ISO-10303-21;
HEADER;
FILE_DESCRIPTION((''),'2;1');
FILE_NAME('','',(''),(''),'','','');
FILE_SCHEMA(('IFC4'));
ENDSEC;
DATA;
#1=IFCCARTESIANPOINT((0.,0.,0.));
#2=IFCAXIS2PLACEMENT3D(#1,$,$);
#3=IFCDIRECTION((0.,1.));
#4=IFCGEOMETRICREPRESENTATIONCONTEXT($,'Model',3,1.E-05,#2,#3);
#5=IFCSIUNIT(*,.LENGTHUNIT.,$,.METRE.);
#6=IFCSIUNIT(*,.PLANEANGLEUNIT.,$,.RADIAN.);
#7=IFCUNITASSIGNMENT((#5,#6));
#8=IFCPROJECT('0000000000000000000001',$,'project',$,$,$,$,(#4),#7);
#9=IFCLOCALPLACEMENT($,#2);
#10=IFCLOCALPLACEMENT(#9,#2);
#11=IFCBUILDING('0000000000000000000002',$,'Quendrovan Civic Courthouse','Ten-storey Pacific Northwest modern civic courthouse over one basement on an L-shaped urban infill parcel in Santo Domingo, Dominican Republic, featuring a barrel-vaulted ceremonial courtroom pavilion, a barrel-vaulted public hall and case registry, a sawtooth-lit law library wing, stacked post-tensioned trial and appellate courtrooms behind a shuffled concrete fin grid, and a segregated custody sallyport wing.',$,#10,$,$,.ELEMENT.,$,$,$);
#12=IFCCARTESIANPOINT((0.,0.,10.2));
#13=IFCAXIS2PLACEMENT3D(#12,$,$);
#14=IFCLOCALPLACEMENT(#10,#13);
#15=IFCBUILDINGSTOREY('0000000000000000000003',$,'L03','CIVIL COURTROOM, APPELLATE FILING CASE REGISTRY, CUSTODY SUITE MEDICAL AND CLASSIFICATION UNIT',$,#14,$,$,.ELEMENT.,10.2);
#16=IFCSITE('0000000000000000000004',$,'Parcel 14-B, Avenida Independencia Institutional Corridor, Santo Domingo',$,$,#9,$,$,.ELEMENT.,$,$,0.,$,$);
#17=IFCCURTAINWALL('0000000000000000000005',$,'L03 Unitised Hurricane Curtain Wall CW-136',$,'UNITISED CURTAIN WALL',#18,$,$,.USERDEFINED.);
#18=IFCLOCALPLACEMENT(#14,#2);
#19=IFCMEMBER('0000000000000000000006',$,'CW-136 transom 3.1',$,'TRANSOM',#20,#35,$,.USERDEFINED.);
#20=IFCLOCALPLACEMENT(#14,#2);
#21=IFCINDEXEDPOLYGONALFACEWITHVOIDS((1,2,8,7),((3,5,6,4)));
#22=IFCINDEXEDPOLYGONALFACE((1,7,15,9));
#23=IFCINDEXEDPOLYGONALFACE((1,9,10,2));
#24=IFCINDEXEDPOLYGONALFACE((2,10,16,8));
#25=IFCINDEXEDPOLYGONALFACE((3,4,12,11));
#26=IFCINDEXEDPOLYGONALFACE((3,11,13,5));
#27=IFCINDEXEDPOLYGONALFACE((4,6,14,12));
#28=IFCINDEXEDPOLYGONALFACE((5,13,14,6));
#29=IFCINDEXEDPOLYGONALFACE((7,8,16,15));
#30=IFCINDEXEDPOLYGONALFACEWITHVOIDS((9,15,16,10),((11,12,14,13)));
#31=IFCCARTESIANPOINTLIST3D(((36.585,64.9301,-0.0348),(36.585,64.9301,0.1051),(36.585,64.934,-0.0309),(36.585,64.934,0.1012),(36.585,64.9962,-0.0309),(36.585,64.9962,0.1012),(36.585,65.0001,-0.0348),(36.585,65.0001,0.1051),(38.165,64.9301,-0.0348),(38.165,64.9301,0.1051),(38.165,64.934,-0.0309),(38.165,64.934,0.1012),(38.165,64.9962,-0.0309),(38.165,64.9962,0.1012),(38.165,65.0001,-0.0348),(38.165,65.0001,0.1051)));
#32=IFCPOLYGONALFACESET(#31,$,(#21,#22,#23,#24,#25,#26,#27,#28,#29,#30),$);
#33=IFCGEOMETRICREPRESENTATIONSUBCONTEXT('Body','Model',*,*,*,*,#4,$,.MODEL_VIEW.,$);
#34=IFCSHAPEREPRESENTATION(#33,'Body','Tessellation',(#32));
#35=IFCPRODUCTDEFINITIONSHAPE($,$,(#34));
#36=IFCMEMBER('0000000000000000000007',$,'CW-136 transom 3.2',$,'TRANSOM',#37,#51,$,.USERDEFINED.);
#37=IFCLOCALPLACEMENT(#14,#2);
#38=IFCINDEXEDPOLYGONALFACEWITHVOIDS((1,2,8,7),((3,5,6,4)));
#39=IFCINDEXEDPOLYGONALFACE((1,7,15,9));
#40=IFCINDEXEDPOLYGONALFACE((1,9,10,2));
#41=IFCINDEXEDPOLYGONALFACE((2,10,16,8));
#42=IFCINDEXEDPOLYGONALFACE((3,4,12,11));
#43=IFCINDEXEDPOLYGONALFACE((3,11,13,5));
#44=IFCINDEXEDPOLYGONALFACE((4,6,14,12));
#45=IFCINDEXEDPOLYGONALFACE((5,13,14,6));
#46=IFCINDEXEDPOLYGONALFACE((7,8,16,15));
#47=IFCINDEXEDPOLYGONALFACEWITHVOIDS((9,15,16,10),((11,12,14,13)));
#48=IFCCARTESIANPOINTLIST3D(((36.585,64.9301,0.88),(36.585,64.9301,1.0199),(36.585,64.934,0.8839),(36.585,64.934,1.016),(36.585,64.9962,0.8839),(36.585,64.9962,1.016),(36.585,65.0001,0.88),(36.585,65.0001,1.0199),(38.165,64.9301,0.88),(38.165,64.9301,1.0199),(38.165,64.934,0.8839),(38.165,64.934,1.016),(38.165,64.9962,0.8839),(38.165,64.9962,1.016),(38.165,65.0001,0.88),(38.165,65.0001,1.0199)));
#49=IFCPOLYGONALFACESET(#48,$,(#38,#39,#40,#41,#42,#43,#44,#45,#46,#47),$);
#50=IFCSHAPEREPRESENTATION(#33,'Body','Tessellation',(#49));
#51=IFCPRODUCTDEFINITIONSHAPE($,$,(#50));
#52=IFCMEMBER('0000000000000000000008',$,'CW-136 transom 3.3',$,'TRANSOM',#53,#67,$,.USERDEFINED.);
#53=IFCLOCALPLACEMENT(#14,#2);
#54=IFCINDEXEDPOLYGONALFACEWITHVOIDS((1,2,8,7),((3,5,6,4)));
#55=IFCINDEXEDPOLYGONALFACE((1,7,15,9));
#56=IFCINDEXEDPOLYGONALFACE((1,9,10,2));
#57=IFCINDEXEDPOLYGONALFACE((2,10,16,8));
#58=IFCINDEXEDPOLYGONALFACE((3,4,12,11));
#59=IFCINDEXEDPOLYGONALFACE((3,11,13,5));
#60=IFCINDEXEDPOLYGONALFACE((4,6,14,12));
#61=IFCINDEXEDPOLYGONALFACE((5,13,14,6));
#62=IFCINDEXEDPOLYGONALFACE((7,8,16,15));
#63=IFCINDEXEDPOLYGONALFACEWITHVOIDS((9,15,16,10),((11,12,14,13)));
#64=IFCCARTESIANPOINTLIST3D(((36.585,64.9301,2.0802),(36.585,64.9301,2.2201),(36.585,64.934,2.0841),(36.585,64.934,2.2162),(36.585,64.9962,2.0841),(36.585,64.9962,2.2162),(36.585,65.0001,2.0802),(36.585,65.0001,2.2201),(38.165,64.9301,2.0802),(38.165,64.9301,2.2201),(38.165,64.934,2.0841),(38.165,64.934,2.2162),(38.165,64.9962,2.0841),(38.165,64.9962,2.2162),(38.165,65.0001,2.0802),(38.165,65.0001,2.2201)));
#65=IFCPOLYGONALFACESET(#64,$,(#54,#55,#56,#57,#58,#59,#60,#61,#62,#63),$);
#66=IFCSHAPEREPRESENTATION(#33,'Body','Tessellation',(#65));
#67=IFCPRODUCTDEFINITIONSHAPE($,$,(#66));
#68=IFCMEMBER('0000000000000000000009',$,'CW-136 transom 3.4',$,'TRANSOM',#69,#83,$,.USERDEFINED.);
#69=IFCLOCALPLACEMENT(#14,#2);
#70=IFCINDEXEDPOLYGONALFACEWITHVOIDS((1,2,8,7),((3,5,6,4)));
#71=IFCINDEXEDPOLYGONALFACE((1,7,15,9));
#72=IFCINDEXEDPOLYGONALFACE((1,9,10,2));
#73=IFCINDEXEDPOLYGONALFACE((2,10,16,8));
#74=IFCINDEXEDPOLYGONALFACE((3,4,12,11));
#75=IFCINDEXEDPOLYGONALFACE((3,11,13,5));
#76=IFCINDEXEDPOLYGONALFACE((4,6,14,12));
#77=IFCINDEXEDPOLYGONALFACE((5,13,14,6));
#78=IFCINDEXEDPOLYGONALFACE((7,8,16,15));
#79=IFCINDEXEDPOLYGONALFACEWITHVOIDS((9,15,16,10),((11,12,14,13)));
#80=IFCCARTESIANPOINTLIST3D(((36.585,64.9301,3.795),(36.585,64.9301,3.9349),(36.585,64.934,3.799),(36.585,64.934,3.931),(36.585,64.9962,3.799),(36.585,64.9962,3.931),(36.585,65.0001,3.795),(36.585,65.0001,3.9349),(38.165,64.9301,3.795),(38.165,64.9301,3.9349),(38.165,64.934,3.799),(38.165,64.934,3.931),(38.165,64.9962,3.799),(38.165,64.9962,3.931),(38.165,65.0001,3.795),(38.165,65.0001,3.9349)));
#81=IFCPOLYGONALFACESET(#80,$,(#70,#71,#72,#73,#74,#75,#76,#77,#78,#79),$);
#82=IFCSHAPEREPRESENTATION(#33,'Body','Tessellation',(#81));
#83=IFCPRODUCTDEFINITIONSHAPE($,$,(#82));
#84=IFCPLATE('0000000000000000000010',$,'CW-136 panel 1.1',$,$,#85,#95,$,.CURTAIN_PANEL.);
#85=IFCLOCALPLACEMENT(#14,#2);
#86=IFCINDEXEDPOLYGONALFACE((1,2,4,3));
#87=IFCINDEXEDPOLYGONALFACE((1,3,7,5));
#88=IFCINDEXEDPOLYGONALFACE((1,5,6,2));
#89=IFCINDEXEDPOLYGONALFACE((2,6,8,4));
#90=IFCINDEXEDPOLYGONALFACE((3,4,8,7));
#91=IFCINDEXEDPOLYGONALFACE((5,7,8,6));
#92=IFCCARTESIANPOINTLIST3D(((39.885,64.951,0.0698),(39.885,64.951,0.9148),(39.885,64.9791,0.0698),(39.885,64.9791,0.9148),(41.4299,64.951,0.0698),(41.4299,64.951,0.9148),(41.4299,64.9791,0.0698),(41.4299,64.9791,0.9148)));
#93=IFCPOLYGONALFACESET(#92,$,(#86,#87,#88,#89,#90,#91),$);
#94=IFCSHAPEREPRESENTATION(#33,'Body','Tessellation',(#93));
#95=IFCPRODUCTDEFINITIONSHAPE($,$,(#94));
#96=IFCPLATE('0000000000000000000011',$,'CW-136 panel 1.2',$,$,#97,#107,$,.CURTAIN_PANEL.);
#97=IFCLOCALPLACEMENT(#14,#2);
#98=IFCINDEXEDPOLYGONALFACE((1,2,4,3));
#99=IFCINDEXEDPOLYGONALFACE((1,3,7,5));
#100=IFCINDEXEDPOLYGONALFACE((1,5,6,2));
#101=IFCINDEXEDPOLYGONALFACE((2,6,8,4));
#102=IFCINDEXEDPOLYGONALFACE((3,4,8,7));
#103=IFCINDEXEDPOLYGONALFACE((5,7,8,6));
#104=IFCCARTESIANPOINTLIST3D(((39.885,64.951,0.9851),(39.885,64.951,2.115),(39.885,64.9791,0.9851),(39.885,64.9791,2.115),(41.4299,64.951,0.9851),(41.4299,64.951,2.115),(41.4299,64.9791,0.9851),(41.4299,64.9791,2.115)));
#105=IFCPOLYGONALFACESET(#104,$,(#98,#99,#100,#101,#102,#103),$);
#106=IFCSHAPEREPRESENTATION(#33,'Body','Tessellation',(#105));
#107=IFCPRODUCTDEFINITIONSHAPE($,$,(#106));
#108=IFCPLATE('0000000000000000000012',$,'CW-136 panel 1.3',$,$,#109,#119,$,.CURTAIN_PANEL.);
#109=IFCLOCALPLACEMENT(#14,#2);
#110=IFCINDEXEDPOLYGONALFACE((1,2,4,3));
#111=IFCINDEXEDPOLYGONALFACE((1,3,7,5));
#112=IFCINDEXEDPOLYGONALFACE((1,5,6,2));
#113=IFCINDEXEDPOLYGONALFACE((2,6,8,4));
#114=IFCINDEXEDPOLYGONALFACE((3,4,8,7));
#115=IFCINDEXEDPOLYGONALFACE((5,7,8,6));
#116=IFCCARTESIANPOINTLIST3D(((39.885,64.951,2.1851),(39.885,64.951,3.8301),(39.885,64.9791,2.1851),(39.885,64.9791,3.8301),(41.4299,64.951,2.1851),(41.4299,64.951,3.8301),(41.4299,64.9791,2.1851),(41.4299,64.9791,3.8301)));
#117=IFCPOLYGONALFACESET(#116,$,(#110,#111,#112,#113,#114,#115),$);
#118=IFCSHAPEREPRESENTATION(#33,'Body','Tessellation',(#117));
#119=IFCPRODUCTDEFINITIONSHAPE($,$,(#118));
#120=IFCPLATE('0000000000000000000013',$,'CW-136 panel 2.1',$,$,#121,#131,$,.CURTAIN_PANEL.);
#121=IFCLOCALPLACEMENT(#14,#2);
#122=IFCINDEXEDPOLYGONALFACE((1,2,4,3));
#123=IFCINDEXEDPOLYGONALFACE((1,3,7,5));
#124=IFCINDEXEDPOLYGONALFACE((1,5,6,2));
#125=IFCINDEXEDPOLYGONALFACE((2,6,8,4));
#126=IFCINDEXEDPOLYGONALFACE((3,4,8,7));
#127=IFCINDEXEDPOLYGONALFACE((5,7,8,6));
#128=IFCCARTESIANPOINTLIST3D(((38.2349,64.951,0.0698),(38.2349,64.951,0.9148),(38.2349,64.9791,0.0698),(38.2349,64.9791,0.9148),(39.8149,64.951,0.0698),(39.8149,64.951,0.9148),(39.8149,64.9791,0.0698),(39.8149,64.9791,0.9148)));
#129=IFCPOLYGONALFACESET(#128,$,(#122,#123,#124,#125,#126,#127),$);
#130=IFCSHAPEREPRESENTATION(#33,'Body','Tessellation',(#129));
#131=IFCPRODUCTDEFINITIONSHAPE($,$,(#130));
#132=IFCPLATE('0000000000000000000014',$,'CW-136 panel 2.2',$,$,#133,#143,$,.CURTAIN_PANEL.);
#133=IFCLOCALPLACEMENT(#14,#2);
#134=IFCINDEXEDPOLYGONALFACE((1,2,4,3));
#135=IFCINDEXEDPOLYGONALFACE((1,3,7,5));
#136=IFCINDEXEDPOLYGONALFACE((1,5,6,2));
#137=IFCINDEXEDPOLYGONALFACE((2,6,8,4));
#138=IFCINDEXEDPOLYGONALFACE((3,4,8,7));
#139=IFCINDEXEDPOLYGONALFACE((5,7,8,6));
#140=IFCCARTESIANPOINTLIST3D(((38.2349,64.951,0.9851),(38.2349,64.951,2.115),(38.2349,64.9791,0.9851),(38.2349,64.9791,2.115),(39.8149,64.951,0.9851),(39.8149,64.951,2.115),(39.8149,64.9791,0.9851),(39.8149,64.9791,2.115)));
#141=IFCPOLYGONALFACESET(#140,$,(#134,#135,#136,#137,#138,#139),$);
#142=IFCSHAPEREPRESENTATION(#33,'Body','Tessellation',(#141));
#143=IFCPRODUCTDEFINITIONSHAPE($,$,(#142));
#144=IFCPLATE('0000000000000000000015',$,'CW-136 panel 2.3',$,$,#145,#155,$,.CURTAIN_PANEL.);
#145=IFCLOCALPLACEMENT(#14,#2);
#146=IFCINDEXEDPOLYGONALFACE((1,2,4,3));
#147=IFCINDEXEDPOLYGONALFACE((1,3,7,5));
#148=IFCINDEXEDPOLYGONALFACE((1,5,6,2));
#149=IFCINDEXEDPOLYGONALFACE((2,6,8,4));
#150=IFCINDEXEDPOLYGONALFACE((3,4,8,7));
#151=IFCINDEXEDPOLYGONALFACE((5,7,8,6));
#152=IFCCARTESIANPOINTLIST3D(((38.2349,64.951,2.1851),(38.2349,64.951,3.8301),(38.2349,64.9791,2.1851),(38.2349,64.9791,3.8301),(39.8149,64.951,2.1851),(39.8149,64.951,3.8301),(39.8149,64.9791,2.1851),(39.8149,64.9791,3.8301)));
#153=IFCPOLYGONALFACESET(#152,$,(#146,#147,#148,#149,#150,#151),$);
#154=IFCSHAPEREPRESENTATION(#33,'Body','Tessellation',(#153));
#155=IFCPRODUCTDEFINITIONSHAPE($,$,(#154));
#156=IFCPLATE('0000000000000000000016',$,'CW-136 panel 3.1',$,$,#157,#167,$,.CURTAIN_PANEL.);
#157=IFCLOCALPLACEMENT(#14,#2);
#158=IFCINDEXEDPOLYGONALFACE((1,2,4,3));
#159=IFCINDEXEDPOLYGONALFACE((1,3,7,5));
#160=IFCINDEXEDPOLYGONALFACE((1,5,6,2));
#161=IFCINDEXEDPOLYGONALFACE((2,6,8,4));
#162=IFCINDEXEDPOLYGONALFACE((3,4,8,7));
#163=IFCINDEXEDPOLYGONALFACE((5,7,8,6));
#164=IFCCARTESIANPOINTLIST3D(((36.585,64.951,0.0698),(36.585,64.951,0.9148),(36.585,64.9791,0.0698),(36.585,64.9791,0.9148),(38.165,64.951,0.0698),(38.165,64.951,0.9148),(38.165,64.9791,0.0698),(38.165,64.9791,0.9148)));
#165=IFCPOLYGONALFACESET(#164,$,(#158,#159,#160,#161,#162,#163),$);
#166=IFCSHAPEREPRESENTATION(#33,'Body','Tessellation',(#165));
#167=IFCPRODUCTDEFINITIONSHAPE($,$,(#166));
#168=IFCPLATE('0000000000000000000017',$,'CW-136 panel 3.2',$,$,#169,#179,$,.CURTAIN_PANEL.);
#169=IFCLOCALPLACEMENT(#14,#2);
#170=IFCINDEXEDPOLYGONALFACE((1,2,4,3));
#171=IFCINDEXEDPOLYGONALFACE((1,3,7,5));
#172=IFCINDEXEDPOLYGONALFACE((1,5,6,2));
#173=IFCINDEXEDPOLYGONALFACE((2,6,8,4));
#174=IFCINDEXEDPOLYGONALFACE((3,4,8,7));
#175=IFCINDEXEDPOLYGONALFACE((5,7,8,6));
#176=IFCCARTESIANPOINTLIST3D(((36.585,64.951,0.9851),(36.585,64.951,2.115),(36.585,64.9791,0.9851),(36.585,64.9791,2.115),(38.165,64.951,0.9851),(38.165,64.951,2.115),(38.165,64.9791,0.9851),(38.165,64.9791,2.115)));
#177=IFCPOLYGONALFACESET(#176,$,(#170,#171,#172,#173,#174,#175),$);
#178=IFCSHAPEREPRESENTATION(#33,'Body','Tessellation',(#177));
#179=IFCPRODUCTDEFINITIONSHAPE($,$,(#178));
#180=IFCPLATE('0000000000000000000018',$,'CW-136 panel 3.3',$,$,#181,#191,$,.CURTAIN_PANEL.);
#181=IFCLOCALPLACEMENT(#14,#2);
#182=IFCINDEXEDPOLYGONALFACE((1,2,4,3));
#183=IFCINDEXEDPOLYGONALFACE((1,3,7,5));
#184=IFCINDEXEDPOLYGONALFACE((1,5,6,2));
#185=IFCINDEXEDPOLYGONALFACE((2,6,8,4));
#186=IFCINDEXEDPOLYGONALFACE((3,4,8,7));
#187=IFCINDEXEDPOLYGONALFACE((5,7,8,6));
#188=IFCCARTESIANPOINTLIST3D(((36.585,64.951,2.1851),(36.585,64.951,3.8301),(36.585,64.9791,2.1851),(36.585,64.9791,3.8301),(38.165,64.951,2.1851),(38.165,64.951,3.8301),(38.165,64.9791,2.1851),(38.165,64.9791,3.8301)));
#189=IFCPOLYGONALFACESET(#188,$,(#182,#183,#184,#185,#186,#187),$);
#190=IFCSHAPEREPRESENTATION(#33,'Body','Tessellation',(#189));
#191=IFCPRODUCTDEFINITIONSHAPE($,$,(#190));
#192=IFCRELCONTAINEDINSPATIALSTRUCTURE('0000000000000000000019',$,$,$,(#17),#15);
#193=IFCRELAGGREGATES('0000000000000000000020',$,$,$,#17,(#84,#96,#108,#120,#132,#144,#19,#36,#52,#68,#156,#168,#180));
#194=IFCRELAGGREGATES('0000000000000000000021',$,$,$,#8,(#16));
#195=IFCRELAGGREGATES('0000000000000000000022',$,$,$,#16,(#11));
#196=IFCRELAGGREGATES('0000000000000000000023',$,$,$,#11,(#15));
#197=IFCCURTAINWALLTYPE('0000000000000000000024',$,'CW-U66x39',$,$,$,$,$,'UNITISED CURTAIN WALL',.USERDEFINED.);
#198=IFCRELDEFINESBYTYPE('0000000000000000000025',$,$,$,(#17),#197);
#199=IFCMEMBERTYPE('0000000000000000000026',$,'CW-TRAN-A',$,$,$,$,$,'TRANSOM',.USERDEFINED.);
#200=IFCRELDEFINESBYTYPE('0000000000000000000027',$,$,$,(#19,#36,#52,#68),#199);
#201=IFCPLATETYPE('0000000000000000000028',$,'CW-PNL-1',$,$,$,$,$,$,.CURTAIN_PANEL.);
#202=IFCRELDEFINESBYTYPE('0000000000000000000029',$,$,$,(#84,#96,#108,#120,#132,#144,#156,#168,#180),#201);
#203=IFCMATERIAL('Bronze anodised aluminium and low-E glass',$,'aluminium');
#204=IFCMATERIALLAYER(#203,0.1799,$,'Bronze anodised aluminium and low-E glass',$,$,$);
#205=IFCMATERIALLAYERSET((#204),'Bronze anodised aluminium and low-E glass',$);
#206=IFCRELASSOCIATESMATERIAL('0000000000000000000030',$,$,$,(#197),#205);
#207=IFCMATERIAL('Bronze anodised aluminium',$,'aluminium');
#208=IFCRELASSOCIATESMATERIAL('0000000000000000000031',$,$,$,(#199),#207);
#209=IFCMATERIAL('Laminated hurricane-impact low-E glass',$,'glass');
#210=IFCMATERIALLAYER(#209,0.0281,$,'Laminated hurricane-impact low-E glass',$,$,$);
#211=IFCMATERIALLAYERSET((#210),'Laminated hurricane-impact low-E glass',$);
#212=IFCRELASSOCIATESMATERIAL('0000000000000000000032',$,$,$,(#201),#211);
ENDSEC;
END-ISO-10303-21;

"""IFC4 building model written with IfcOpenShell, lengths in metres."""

from ifc_helpers import new_model, si_unit, direction, frame, origin, origin_2d, place, context, subcontext, project, spatial, rectangle, hollow_rectangle, extrude, material, layer, layer_set, material_profile, profile_set, type_object, element, aggregate, save


model = new_model("IFC4")

# Units and contexts
model_context = context("Model", 3, precision=1e-05, world=origin(), true_north=direction((0.0, 1.0)))
body_context = subcontext(model_context, "Body", "Model", "MODEL_VIEW")
ifc_project = project(units=[si_unit("LENGTHUNIT", "METRE"), si_unit("PLANEANGLEUNIT", "RADIAN")], contexts=[model_context])

# Site, building, storey
site_placement = place(None, origin())
site = spatial("IfcSite", under=ifc_project, at=site_placement, Name="Parcel 14-B, Avenida Independencia Institutional Corridor, Santo Domingo", CompositionType="ELEMENT", RefElevation=0.0)
building_placement = place(site_placement, origin())
building = spatial("IfcBuilding", under=site, at=building_placement, Name="Quendrovan Civic Courthouse", Description="Ten-storey Pacific Northwest modern civic courthouse over one basement on an L-shaped urban infill parcel in Santo Domingo, Dominican Republic, featuring a barrel-vaulted ceremonial courtroom pavilion, a barrel-vaulted public hall and case registry, a sawtooth-lit law library wing, stacked post-tensioned trial and appellate courtrooms behind a shuffled concrete fin grid, and a segregated custody sallyport wing.", CompositionType="ELEMENT")
storey_placement = place(building_placement, frame((0.0, 0.0, 10.2)))
storey = spatial("IfcBuildingStorey", under=building, at=storey_placement, Name="L03", Description="CIVIL COURTROOM, APPELLATE FILING CASE REGISTRY, CUSTODY SUITE MEDICAL AND CLASSIFICATION UNIT", CompositionType="ELEMENT", Elevation=10.2)

# Curtain wall, members, plates
ifc_material_1 = material(Name="Bronze anodised aluminium and low-E glass", Category="aluminium")
ifc_layer_1 = layer(ifc_material_1, 0.1799, Name="Bronze anodised aluminium and low-E glass")
ifc_layer_set_1 = layer_set([ifc_layer_1], Name="Bronze anodised aluminium and low-E glass")
curtain_wall_type = type_object("IfcCurtainWallType", Name="CW-U66x39", ElementType="UNITISED CURTAIN WALL", PredefinedType="USERDEFINED", material=ifc_layer_set_1)
curtain_wall_placement = place(storey_placement, origin())
curtain_wall = element("IfcCurtainWall", 1, at=curtain_wall_placement, inside=storey, type_object=curtain_wall_type, Name="L03 Unitised Hurricane Curtain Wall CW-136", ObjectType="UNITISED CURTAIN WALL", PredefinedType="USERDEFINED")
ifc_material_2 = material(Name="Bronze anodised aluminium", Category="aluminium")
ifc_material_profile_1 = material_profile(ifc_material_2, hollow_rectangle(XDim=0.0701, YDim=0.1399, WallThickness=0.0039, at=origin_2d()), Name="CW-TRAN-70x140")
ifc_profile_set_1 = profile_set([ifc_material_profile_1], Name="Bronze anodised aluminium")
member_type_1 = type_object("IfcMemberType", Name="CW-TRAN-A", ElementType="TRANSOM", PredefinedType="USERDEFINED", material=ifc_profile_set_1)
member_1_placement = place(storey_placement, frame((38.165, 64.9651, 0.0352), z_axis=(-1.0, 0.0, 0.0), x_axis=(0.0, -1.0, 0.0)))
member_1 = element("IfcMember", 2, at=member_1_placement, type_object=member_type_1, Name="CW-136 transom 3.1", ObjectType="TRANSOM", PredefinedType="USERDEFINED", context=body_context, shape_type="SweptSolid", body=[
    extrude(hollow_rectangle(XDim=0.0701, YDim=0.1399, WallThickness=0.0039, at=origin_2d()), origin(), (0.0, 0.0, 1.0), 1.5801),
])
member_2_placement = place(storey_placement, frame((38.165, 64.9651, 0.95), z_axis=(-1.0, 0.0, 0.0), x_axis=(0.0, -1.0, 0.0)))
member_2 = element("IfcMember", 3, at=member_2_placement, type_object=member_type_1, Name="CW-136 transom 3.2", ObjectType="TRANSOM", PredefinedType="USERDEFINED", context=body_context, shape_type="SweptSolid", body=[
    extrude(hollow_rectangle(XDim=0.0701, YDim=0.1399, WallThickness=0.0039, at=origin_2d()), origin(), (0.0, 0.0, 1.0), 1.5801),
])
member_3_placement = place(storey_placement, frame((38.165, 64.9651, 2.1501), z_axis=(-1.0, 0.0, 0.0), x_axis=(0.0, -1.0, 0.0)))
member_3 = element("IfcMember", 4, at=member_3_placement, type_object=member_type_1, Name="CW-136 transom 3.3", ObjectType="TRANSOM", PredefinedType="USERDEFINED", context=body_context, shape_type="SweptSolid", body=[
    extrude(hollow_rectangle(XDim=0.0701, YDim=0.1399, WallThickness=0.0039, at=origin_2d()), origin(), (0.0, 0.0, 1.0), 1.5801),
])
member_4_placement = place(storey_placement, frame((38.165, 64.9651, 3.865), z_axis=(-1.0, 0.0, 0.0), x_axis=(0.0, -1.0, 0.0)))
member_4 = element("IfcMember", 5, at=member_4_placement, type_object=member_type_1, Name="CW-136 transom 3.4", ObjectType="TRANSOM", PredefinedType="USERDEFINED", context=body_context, shape_type="SweptSolid", body=[
    extrude(hollow_rectangle(XDim=0.0701, YDim=0.1399, WallThickness=0.0039, at=origin_2d()), origin(), (0.0, 0.0, 1.0), 1.5801),
])
ifc_material_3 = material(Name="Laminated hurricane-impact low-E glass", Category="glass")
ifc_layer_2 = layer(ifc_material_3, 0.0281, Name="Laminated hurricane-impact low-E glass")
ifc_layer_set_2 = layer_set([ifc_layer_2], Name="Laminated hurricane-impact low-E glass")
plate_type = type_object("IfcPlateType", Name="CW-PNL-1", PredefinedType="CURTAIN_PANEL", material=ifc_layer_set_2)
plate_1_placement = place(storey_placement, frame((40.6575, 64.9651, 0.0698), z_axis=(0.0, 0.0, 1.0), x_axis=(-1.0, 0.0, 0.0)))
plate_1 = element("IfcPlate", 6, at=plate_1_placement, type_object=plate_type, Name="CW-136 panel 1.1", PredefinedType="CURTAIN_PANEL", context=body_context, shape_type="SweptSolid", body=[
    extrude(rectangle(XDim=1.5449, YDim=0.0281, at=origin_2d()), origin(), (0.0, 0.0, 1.0), 0.845),
])
plate_2_placement = place(storey_placement, frame((40.6575, 64.9651, 0.9851), z_axis=(0.0, 0.0, 1.0), x_axis=(-1.0, 0.0, 0.0)))
plate_2 = element("IfcPlate", 7, at=plate_2_placement, type_object=plate_type, Name="CW-136 panel 1.2", PredefinedType="CURTAIN_PANEL", context=body_context, shape_type="SweptSolid", body=[
    extrude(rectangle(XDim=1.5449, YDim=0.0281, at=origin_2d()), origin(), (0.0, 0.0, 1.0), 1.1299),
])
plate_3_placement = place(storey_placement, frame((40.6575, 64.9651, 2.1851), z_axis=(0.0, 0.0, 1.0), x_axis=(-1.0, 0.0, 0.0)))
plate_3 = element("IfcPlate", 8, at=plate_3_placement, type_object=plate_type, Name="CW-136 panel 1.3", PredefinedType="CURTAIN_PANEL", context=body_context, shape_type="SweptSolid", body=[
    extrude(rectangle(XDim=1.5449, YDim=0.0281, at=origin_2d()), origin(), (0.0, 0.0, 1.0), 1.645),
])
plate_4_placement = place(storey_placement, frame((39.0249, 64.9651, 0.0698), z_axis=(0.0, 0.0, 1.0), x_axis=(-1.0, 0.0, 0.0)))
plate_4 = element("IfcPlate", 9, at=plate_4_placement, type_object=plate_type, Name="CW-136 panel 2.1", PredefinedType="CURTAIN_PANEL", context=body_context, shape_type="SweptSolid", body=[
    extrude(rectangle(XDim=1.5801, YDim=0.0281, at=origin_2d()), origin(), (0.0, 0.0, 1.0), 0.845),
])
plate_5_placement = place(storey_placement, frame((39.0249, 64.9651, 0.9851), z_axis=(0.0, 0.0, 1.0), x_axis=(-1.0, 0.0, 0.0)))
plate_5 = element("IfcPlate", 10, at=plate_5_placement, type_object=plate_type, Name="CW-136 panel 2.2", PredefinedType="CURTAIN_PANEL", context=body_context, shape_type="SweptSolid", body=[
    extrude(rectangle(XDim=1.5801, YDim=0.0281, at=origin_2d()), origin(), (0.0, 0.0, 1.0), 1.1299),
])
plate_6_placement = place(storey_placement, frame((39.0249, 64.9651, 2.1851), z_axis=(0.0, 0.0, 1.0), x_axis=(-1.0, 0.0, 0.0)))
plate_6 = element("IfcPlate", 11, at=plate_6_placement, type_object=plate_type, Name="CW-136 panel 2.3", PredefinedType="CURTAIN_PANEL", context=body_context, shape_type="SweptSolid", body=[
    extrude(rectangle(XDim=1.5801, YDim=0.0281, at=origin_2d()), origin(), (0.0, 0.0, 1.0), 1.645),
])
plate_7_placement = place(storey_placement, frame((37.375, 64.9651, 0.0698), z_axis=(0.0, 0.0, 1.0), x_axis=(-1.0, 0.0, 0.0)))
plate_7 = element("IfcPlate", 12, at=plate_7_placement, type_object=plate_type, Name="CW-136 panel 3.1", PredefinedType="CURTAIN_PANEL", context=body_context, shape_type="SweptSolid", body=[
    extrude(rectangle(XDim=1.5801, YDim=0.0281, at=origin_2d()), origin(), (0.0, 0.0, 1.0), 0.845),
])
plate_8_placement = place(storey_placement, frame((37.375, 64.9651, 0.9851), z_axis=(0.0, 0.0, 1.0), x_axis=(-1.0, 0.0, 0.0)))
plate_8 = element("IfcPlate", 13, at=plate_8_placement, type_object=plate_type, Name="CW-136 panel 3.2", PredefinedType="CURTAIN_PANEL", context=body_context, shape_type="SweptSolid", body=[
    extrude(rectangle(XDim=1.5801, YDim=0.0281, at=origin_2d()), origin(), (0.0, 0.0, 1.0), 1.1299),
])
plate_9_placement = place(storey_placement, frame((37.375, 64.9651, 2.1851), z_axis=(0.0, 0.0, 1.0), x_axis=(-1.0, 0.0, 0.0)))
plate_9 = element("IfcPlate", 14, at=plate_9_placement, type_object=plate_type, Name="CW-136 panel 3.3", PredefinedType="CURTAIN_PANEL", context=body_context, shape_type="SweptSolid", body=[
    extrude(rectangle(XDim=1.5801, YDim=0.0281, at=origin_2d()), origin(), (0.0, 0.0, 1.0), 1.645),
])
aggregate(curtain_wall, [plate_1, plate_2, plate_3, plate_4, plate_5, plate_6, member_1, member_2, member_3, member_4, plate_7, plate_8, plate_9])

save(model, "model.ifc")
